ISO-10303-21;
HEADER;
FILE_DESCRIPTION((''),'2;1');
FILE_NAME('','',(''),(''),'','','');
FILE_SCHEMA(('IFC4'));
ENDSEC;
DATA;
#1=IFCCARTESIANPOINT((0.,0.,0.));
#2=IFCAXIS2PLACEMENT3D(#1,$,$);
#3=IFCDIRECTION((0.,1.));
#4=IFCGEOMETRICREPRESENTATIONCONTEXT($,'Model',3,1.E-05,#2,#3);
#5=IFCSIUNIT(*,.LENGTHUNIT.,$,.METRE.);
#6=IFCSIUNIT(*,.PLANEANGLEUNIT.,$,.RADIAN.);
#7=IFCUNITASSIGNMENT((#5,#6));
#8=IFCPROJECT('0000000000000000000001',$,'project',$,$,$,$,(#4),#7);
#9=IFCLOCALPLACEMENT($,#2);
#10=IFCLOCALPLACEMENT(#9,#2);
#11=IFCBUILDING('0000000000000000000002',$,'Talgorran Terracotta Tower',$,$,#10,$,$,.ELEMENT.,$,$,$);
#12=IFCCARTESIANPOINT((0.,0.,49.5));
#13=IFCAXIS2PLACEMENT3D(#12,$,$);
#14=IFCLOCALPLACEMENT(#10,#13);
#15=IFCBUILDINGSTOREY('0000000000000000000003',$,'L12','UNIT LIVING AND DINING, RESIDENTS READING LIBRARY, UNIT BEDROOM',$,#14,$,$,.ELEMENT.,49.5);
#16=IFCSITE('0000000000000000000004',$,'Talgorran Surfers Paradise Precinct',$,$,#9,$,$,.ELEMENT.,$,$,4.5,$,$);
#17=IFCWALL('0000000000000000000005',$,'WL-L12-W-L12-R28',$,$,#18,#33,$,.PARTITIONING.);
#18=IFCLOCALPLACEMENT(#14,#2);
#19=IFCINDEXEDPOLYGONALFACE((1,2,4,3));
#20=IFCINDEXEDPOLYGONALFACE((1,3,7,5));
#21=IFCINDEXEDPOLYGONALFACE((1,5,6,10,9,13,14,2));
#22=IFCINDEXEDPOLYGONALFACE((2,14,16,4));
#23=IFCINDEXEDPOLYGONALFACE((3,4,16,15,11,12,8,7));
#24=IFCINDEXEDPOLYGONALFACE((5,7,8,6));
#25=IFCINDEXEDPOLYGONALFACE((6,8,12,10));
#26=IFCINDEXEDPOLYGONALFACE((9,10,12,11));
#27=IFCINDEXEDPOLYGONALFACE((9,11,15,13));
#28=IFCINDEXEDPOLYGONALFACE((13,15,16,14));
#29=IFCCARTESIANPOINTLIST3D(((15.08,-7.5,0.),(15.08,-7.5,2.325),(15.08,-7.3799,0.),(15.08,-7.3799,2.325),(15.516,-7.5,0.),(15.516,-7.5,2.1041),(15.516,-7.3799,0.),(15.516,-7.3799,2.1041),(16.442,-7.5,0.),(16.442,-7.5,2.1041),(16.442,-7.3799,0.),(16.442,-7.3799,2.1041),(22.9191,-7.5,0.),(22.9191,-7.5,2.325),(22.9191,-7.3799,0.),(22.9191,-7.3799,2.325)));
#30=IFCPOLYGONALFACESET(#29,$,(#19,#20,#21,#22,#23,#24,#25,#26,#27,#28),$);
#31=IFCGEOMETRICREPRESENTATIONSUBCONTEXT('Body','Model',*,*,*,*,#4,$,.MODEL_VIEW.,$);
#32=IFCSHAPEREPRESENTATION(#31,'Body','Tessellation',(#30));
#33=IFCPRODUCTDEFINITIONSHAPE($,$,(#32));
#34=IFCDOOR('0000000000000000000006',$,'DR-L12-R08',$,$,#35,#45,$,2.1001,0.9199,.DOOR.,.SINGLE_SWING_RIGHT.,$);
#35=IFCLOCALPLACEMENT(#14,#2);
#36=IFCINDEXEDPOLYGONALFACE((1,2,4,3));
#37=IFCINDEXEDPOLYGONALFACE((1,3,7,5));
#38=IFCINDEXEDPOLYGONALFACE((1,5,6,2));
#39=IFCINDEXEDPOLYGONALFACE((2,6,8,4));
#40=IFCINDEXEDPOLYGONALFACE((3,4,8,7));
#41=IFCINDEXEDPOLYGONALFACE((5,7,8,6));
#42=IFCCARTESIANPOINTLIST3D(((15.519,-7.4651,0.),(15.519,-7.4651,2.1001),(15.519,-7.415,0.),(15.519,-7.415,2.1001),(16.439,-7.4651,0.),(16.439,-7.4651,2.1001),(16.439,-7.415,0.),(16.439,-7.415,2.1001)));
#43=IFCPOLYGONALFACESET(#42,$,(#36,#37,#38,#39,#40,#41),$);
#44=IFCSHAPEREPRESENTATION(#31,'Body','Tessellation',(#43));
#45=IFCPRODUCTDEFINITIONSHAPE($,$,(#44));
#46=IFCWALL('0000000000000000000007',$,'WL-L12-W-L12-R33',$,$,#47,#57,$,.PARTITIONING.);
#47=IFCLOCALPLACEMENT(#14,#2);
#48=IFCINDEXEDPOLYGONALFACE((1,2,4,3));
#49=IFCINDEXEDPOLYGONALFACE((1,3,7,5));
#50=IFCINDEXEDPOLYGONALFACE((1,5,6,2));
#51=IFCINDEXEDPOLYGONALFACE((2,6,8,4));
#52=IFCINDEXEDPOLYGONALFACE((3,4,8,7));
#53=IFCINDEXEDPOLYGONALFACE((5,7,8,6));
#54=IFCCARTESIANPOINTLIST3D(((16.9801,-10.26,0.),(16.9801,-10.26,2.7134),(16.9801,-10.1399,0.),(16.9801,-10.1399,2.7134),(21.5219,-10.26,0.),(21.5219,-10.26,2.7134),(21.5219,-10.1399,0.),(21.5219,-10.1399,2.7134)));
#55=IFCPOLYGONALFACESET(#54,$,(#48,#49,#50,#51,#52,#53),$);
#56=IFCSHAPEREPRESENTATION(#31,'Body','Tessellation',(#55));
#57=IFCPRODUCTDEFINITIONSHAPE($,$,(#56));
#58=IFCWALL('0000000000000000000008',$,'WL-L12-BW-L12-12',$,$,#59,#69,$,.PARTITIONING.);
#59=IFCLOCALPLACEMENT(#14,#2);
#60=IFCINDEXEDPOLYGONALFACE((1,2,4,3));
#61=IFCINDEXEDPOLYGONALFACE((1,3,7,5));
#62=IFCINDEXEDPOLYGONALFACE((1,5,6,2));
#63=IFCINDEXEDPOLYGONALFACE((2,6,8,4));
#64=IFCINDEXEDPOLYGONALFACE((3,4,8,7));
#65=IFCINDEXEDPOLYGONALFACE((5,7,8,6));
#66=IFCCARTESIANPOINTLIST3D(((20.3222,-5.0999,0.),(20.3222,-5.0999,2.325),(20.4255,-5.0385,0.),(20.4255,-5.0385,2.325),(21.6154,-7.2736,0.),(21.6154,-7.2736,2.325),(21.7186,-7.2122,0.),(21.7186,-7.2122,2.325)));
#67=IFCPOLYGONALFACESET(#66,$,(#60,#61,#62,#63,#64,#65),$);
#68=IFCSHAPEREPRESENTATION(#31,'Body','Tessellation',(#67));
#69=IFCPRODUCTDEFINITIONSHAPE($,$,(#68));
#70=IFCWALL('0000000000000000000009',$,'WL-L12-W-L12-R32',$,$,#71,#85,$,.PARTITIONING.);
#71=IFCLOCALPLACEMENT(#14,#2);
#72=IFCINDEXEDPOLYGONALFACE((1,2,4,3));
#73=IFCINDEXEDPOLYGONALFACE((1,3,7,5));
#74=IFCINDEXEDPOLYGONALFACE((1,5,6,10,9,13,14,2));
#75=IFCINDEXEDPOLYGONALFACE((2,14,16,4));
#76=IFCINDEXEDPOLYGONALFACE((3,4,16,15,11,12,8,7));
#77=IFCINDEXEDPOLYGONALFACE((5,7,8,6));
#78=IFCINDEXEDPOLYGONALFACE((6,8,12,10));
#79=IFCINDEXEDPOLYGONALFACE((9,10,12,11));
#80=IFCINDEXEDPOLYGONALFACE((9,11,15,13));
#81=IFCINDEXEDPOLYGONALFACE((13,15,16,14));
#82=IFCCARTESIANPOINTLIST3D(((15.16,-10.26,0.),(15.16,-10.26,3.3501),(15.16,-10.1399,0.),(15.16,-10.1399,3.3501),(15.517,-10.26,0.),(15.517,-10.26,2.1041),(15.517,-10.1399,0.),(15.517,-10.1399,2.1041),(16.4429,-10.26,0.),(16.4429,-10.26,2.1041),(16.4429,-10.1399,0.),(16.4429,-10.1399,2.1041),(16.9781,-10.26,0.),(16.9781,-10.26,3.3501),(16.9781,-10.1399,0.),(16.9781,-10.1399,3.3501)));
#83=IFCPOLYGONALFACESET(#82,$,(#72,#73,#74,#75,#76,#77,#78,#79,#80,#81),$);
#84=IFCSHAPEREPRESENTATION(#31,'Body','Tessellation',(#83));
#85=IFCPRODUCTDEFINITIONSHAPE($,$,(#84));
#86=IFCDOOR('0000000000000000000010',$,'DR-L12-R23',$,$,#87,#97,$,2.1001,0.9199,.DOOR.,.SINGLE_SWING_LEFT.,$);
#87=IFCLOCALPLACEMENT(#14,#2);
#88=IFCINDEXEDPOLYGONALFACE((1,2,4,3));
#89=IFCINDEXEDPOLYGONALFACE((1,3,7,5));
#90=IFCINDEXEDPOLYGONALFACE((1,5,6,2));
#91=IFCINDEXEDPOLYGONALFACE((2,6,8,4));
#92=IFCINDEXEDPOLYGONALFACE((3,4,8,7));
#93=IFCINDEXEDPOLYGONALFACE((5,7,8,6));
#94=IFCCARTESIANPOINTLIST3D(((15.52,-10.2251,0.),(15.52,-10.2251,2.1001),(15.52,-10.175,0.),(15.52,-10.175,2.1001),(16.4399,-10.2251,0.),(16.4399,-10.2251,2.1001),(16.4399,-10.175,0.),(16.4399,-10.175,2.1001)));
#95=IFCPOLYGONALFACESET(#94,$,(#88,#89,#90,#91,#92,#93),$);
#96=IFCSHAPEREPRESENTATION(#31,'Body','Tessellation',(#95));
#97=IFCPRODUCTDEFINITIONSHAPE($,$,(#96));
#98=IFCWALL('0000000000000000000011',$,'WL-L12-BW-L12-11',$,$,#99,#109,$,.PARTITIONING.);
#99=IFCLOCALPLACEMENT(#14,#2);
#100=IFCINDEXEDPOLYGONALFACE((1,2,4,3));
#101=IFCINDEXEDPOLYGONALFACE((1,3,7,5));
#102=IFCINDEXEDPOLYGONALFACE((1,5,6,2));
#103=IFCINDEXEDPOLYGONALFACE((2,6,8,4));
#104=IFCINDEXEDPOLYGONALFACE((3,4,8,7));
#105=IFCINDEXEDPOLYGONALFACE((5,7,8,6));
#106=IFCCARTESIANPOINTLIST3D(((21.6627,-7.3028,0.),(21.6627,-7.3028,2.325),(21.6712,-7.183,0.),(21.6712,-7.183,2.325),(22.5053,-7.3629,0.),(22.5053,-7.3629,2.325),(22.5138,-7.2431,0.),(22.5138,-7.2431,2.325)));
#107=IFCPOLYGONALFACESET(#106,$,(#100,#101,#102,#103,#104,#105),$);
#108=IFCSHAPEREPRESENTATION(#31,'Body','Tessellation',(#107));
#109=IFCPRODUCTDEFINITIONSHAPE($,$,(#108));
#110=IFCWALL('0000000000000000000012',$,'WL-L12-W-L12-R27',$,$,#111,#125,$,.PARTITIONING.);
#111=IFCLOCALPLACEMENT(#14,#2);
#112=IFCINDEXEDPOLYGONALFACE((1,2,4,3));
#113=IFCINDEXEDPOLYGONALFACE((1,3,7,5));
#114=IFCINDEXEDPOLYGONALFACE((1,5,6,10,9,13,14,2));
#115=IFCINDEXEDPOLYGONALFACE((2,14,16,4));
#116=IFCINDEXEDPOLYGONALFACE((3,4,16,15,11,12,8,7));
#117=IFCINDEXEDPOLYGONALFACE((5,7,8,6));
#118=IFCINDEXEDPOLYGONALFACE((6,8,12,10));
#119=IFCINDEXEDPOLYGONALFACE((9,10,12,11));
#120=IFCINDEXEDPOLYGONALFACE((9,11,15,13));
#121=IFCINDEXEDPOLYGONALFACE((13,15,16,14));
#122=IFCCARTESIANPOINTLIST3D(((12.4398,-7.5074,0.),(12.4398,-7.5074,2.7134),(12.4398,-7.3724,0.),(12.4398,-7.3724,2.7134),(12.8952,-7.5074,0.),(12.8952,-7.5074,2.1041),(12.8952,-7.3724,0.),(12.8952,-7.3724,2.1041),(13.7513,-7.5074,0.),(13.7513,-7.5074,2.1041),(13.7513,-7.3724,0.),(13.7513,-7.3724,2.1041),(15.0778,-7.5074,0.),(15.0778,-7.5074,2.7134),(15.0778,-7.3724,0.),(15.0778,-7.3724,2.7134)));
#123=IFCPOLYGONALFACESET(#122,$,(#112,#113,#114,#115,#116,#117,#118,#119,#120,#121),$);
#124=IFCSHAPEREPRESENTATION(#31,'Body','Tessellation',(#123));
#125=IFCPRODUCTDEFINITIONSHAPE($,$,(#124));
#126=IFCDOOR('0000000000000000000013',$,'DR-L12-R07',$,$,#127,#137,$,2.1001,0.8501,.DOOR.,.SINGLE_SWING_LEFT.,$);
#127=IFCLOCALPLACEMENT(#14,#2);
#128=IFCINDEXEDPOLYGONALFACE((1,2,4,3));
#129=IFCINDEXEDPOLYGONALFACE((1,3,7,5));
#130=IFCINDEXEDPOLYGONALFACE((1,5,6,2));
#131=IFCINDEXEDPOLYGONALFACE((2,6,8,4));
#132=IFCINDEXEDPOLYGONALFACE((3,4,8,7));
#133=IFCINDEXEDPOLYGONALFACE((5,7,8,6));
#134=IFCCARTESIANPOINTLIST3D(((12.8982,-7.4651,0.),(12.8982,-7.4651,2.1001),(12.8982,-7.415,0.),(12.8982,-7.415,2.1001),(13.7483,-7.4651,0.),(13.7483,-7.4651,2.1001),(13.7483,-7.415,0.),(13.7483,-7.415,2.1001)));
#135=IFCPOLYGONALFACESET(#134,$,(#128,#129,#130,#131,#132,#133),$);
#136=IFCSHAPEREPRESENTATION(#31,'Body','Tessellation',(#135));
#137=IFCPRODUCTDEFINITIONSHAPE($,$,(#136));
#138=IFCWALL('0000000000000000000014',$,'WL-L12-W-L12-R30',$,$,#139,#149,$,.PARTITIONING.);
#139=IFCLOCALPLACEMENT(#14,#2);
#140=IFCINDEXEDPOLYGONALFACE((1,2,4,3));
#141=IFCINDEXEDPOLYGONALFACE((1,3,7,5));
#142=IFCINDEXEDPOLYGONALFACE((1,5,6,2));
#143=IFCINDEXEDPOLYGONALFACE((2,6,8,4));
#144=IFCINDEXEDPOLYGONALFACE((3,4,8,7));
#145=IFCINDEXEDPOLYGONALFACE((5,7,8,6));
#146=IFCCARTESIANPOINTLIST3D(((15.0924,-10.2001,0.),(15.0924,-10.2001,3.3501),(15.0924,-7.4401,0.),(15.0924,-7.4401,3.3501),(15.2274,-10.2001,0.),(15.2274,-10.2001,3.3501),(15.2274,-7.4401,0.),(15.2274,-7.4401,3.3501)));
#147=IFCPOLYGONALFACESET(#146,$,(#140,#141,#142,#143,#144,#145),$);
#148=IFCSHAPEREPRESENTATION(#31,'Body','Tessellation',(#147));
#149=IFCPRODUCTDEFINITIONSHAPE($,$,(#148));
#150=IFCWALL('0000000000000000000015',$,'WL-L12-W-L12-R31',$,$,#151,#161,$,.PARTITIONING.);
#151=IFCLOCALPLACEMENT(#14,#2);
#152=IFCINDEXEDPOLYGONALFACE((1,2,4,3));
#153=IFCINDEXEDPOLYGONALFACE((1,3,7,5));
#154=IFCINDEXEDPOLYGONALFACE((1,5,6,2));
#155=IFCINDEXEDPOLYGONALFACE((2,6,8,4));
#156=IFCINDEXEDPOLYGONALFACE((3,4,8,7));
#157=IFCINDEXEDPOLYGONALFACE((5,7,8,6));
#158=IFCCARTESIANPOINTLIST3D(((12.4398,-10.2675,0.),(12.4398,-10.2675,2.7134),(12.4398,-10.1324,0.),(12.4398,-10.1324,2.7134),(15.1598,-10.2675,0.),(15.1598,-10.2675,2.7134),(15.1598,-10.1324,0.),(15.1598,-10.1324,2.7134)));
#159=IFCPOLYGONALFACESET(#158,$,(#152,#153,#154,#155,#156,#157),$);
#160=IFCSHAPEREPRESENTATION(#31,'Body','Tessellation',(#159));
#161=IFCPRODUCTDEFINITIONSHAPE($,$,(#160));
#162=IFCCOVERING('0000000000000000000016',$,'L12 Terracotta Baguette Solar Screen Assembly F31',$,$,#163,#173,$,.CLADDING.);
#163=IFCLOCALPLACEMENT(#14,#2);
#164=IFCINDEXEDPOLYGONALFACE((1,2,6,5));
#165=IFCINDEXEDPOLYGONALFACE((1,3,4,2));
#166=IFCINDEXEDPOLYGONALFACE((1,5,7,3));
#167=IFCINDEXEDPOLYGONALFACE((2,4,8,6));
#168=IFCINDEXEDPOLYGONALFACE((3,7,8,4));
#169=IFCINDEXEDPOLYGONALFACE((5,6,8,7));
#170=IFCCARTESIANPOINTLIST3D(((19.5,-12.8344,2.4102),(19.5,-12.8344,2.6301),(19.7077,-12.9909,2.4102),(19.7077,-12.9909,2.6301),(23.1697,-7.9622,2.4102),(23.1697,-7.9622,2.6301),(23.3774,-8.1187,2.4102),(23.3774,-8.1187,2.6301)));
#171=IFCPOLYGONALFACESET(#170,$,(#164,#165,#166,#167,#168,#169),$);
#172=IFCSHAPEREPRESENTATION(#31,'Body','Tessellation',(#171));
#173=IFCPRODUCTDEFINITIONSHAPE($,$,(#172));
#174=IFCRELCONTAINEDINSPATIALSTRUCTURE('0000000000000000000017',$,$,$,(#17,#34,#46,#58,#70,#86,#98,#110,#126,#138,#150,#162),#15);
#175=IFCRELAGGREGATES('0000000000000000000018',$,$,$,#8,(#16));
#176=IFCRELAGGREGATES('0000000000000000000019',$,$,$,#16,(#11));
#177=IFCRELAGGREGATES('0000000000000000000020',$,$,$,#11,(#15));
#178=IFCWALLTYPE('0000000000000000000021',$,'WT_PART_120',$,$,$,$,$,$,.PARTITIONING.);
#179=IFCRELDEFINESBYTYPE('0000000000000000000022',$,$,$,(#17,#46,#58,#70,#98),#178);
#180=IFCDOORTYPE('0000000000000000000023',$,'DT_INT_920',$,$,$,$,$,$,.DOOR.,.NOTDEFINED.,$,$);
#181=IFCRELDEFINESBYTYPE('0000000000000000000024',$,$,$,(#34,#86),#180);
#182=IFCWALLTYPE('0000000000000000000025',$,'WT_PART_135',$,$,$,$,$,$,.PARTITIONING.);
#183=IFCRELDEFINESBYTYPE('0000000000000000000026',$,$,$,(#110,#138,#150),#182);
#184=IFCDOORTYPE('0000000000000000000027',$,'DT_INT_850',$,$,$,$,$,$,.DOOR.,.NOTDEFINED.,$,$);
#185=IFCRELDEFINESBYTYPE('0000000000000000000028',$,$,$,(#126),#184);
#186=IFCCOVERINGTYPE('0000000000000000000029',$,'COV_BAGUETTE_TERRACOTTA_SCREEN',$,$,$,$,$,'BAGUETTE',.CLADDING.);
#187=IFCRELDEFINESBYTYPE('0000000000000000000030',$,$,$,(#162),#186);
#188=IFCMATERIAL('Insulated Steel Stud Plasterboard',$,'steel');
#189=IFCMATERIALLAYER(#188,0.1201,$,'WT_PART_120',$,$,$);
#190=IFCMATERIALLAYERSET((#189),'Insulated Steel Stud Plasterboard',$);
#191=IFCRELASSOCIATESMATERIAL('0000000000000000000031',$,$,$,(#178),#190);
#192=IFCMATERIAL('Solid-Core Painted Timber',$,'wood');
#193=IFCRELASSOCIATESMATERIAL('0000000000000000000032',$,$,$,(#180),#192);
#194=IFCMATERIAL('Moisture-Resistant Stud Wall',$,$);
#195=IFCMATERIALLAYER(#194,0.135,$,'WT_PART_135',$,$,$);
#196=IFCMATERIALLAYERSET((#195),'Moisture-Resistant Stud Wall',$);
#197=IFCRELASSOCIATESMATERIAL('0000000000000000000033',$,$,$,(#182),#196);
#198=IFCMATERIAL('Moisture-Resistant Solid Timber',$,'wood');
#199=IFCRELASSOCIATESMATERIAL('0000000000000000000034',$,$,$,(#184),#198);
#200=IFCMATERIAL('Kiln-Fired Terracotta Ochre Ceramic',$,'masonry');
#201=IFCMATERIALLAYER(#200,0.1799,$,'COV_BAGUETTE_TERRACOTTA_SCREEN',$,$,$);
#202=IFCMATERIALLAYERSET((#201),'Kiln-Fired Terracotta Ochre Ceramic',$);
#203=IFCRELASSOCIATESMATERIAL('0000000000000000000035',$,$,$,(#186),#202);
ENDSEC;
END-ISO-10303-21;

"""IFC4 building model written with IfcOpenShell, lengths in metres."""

from ifc_helpers import new_model, si_unit, direction, frame, frame_2d, origin, origin_2d, place, context, subcontext, project, spatial, rectangle, extrude, material, layer, layer_set, type_object, element, fill, save


model = new_model("IFC4")

# Units and contexts
model_context = context("Model", 3, precision=1e-05, world=origin(), true_north=direction((0.0, 1.0)))
body_context = subcontext(model_context, "Body", "Model", "MODEL_VIEW")
ifc_project = project(units=[si_unit("LENGTHUNIT", "METRE"), si_unit("PLANEANGLEUNIT", "RADIAN")], contexts=[model_context])

# Site, building, storey
site_placement = place(None, origin())
site = spatial("IfcSite", under=ifc_project, at=site_placement, Name="Talgorran Surfers Paradise Precinct", CompositionType="ELEMENT", RefElevation=4.5)
building_placement = place(site_placement, origin())
building = spatial("IfcBuilding", under=site, at=building_placement, Name="Talgorran Terracotta Tower", CompositionType="ELEMENT")
storey_placement = place(building_placement, frame((0.0, 0.0, 49.5)))
storey = spatial("IfcBuildingStorey", under=building, at=storey_placement, Name="L12", Description="UNIT LIVING AND DINING, RESIDENTS READING LIBRARY, UNIT BEDROOM", CompositionType="ELEMENT", Elevation=49.5)

# Wall, opening, door
ifc_material_1 = material(Name="Insulated Steel Stud Plasterboard", Category="steel")
ifc_layer_1 = layer(ifc_material_1, 0.1201, Name="WT_PART_120")
ifc_layer_set_1 = layer_set([ifc_layer_1], Name="Insulated Steel Stud Plasterboard")
wall_type_1 = type_object("IfcWallType", Name="WT_PART_120", PredefinedType="PARTITIONING", material=ifc_layer_set_1)
wall_1_placement = place(storey_placement, frame((15.0801, -7.4399, 0.0), z_axis=(0.0, 0.0, 1.0), x_axis=(1.0, 0.0, 0.0)))
wall_1 = element("IfcWall", 1, at=wall_1_placement, inside=storey, type_object=wall_type_1, Name="WL-L12-W-L12-R28", PredefinedType="PARTITIONING", context=body_context, shape_type="SweptSolid", body=[
    extrude(rectangle(XDim=7.8391, YDim=0.1201, at=frame_2d((3.9194, 0.0))), origin(), (0.0, 0.0, 1.0), 2.325),
])
opening_1_placement = place(wall_1_placement, frame((0.439, 0.0, 0.0)))
opening_1 = element("IfcOpeningElement", 2, at=opening_1_placement, cuts=wall_1, PredefinedType="OPENING", context=body_context, shape_type="SweptSolid", body=[
    extrude(rectangle(XDim=0.9259, YDim=2.1041, at=frame_2d((0.46, 1.052))), frame((0.0, 0.0701, 0.0), z_axis=(0.0, -1.0, 0.0), x_axis=(1.0, 0.0, 0.0)), (0.0, 0.0, 1.0), 0.1401),
])
ifc_material_2 = material(Name="Solid-Core Painted Timber", Category="wood")
door_type_1 = type_object("IfcDoorType", Name="DT_INT_920", OperationType="NOTDEFINED", PredefinedType="DOOR", material=ifc_material_2)
door_1_placement = place(opening_1_placement, origin())
door_1 = element("IfcDoor", 3, at=door_1_placement, inside=storey, type_object=door_type_1, Name="DR-L12-R08", OperationType="SINGLE_SWING_RIGHT", OverallHeight=2.1001, OverallWidth=0.9199, PredefinedType="DOOR", context=body_context, shape_type="SweptSolid", body=[
    extrude(rectangle(XDim=0.9199, YDim=2.1001, at=frame_2d((0.46, 1.05))), frame((0.0, 0.0249, 0.0), z_axis=(0.0, -1.0, 0.0), x_axis=(1.0, 0.0, 0.0)), (0.0, 0.0, 1.0), 0.05),
])
fill(opening_1, door_1)

# Walls
wall_2_placement = place(storey_placement, frame((16.98, -10.2, 0.0), z_axis=(0.0, 0.0, 1.0), x_axis=(1.0, 0.0, 0.0)))
element("IfcWall", 4, at=wall_2_placement, inside=storey, type_object=wall_type_1, Name="WL-L12-W-L12-R33", PredefinedType="PARTITIONING", context=body_context, shape_type="SweptSolid", body=[
    extrude(rectangle(XDim=4.5417, YDim=0.1201, at=frame_2d((2.271, 0.0))), origin(), (0.0, 0.0, 1.0), 2.7134),
])
wall_3_placement = place(storey_placement, frame((21.667, -7.2429, 0.0), z_axis=(0.0, 0.0, 1.0), x_axis=(-0.51127, 0.85942, 0.0)))
element("IfcWall", 5, at=wall_3_placement, inside=storey, type_object=wall_type_1, Name="WL-L12-BW-L12-12", PredefinedType="PARTITIONING", context=body_context, shape_type="SweptSolid", body=[
    extrude(rectangle(XDim=2.5293, YDim=0.1201, at=frame_2d((1.2646, 0.0))), origin(), (0.0, 0.0, 1.0), 2.325),
])

# Wall, opening, door
wall_4_placement = place(storey_placement, frame((15.1599, -10.2, 0.0), z_axis=(0.0, 0.0, 1.0), x_axis=(1.0, 0.0, 0.0)))
wall_4 = element("IfcWall", 6, at=wall_4_placement, inside=storey, type_object=wall_type_1, Name="WL-L12-W-L12-R32", PredefinedType="PARTITIONING", context=body_context, shape_type="SweptSolid", body=[
    extrude(rectangle(XDim=1.8181, YDim=0.1201, at=frame_2d((0.9092, 0.0))), origin(), (0.0, 0.0, 1.0), 3.3501),
])
opening_2_placement = place(wall_4_placement, frame((0.3601, 0.0, 0.0)))
opening_2 = element("IfcOpeningElement", 7, at=opening_2_placement, cuts=wall_4, PredefinedType="OPENING", context=body_context, shape_type="SweptSolid", body=[
    extrude(rectangle(XDim=0.9259, YDim=2.1041, at=frame_2d((0.46, 1.052))), frame((0.0, 0.0701, 0.0), z_axis=(0.0, -1.0, 0.0), x_axis=(1.0, 0.0, 0.0)), (0.0, 0.0, 1.0), 0.1401),
])
door_2_placement = place(opening_2_placement, origin())
door_2 = element("IfcDoor", 8, at=door_2_placement, inside=storey, type_object=door_type_1, Name="DR-L12-R23", OperationType="SINGLE_SWING_LEFT", OverallHeight=2.1001, OverallWidth=0.9199, PredefinedType="DOOR", context=body_context, shape_type="SweptSolid", body=[
    extrude(rectangle(XDim=0.9199, YDim=2.1001, at=frame_2d((0.46, 1.05))), frame((0.0, 0.0249, 0.0), z_axis=(0.0, -1.0, 0.0), x_axis=(1.0, 0.0, 0.0)), (0.0, 0.0, 1.0), 0.05),
])
fill(opening_2, door_2)

# Wall
wall_5_placement = place(storey_placement, frame((22.5095, -7.303, 0.0), z_axis=(0.0, 0.0, 1.0), x_axis=(-0.997469, 0.071103, 0.0)))
element("IfcWall", 9, at=wall_5_placement, inside=storey, type_object=wall_type_1, Name="WL-L12-BW-L12-11", PredefinedType="PARTITIONING", context=body_context, shape_type="SweptSolid", body=[
    extrude(rectangle(XDim=0.8447, YDim=0.1201, at=frame_2d((0.4224, 0.0))), origin(), (0.0, 0.0, 1.0), 2.325),
])

# Wall, opening, door
ifc_material_3 = material(Name="Moisture-Resistant Stud Wall")
ifc_layer_2 = layer(ifc_material_3, 0.135, Name="WT_PART_135")
ifc_layer_set_2 = layer_set([ifc_layer_2], Name="Moisture-Resistant Stud Wall")
wall_type_2 = type_object("IfcWallType", Name="WT_PART_135", PredefinedType="PARTITIONING", material=ifc_layer_set_2)
wall_6_placement = place(storey_placement, frame((12.4399, -7.4399, 0.0), z_axis=(0.0, 0.0, 1.0), x_axis=(1.0, 0.0, 0.0)))
wall_6 = element("IfcWall", 10, at=wall_6_placement, inside=storey, type_object=wall_type_2, Name="WL-L12-W-L12-R27", PredefinedType="PARTITIONING", context=body_context, shape_type="SweptSolid", body=[
    extrude(rectangle(XDim=2.6379, YDim=0.135, at=frame_2d((1.3188, 0.0))), origin(), (0.0, 0.0, 1.0), 2.7134),
])
opening_3_placement = place(wall_6_placement, frame((0.4583, 0.0, 0.0)))
opening_3 = element("IfcOpeningElement", 11, at=opening_3_placement, cuts=wall_6, PredefinedType="OPENING", context=body_context, shape_type="SweptSolid", body=[
    extrude(rectangle(XDim=0.8561, YDim=2.1041, at=frame_2d((0.425, 1.052))), frame((0.0, 0.0776, 0.0), z_axis=(0.0, -1.0, 0.0), x_axis=(1.0, 0.0, 0.0)), (0.0, 0.0, 1.0), 0.155),
])
ifc_material_4 = material(Name="Moisture-Resistant Solid Timber", Category="wood")
door_type_2 = type_object("IfcDoorType", Name="DT_INT_850", OperationType="NOTDEFINED", PredefinedType="DOOR", material=ifc_material_4)
door_3_placement = place(opening_3_placement, origin())
door_3 = element("IfcDoor", 12, at=door_3_placement, inside=storey, type_object=door_type_2, Name="DR-L12-R07", OperationType="SINGLE_SWING_LEFT", OverallHeight=2.1001, OverallWidth=0.8501, PredefinedType="DOOR", context=body_context, shape_type="SweptSolid", body=[
    extrude(rectangle(XDim=0.8501, YDim=2.1001, at=frame_2d((0.425, 1.05))), frame((0.0, 0.0249, 0.0), z_axis=(0.0, -1.0, 0.0), x_axis=(1.0, 0.0, 0.0)), (0.0, 0.0, 1.0), 0.05),
])
fill(opening_3, door_3)

# Walls
wall_7_placement = place(storey_placement, frame((15.1599, -10.2, 0.0), z_axis=(0.0, 0.0, 1.0), x_axis=(0.0, 1.0, 0.0)))
element("IfcWall", 13, at=wall_7_placement, inside=storey, type_object=wall_type_2, Name="WL-L12-W-L12-R30", PredefinedType="PARTITIONING", context=body_context, shape_type="SweptSolid", body=[
    extrude(rectangle(XDim=2.76, YDim=0.135, at=frame_2d((1.3799, 0.0))), origin(), (0.0, 0.0, 1.0), 3.3501),
])
wall_8_placement = place(storey_placement, frame((12.4399, -10.2, 0.0), z_axis=(0.0, 0.0, 1.0), x_axis=(1.0, 0.0, 0.0)))
element("IfcWall", 14, at=wall_8_placement, inside=storey, type_object=wall_type_2, Name="WL-L12-W-L12-R31", PredefinedType="PARTITIONING", context=body_context, shape_type="SweptSolid", body=[
    extrude(rectangle(XDim=2.72, YDim=0.135, at=frame_2d((1.3599, 0.0))), origin(), (0.0, 0.0, 1.0), 2.7134),
])

# Covering
ifc_material_5 = material(Name="Kiln-Fired Terracotta Ochre Ceramic", Category="masonry")
ifc_layer_3 = layer(ifc_material_5, 0.1799, Name="COV_BAGUETTE_TERRACOTTA_SCREEN")
ifc_layer_set_3 = layer_set([ifc_layer_3], Name="Kiln-Fired Terracotta Ochre Ceramic")
covering_type_1 = type_object("IfcCoveringType", Name="COV_BAGUETTE_TERRACOTTA_SCREEN", ElementType="BAGUETTE", PredefinedType="CLADDING", material=ifc_layer_set_3)
covering_1_placement = place(storey_placement, frame((21.4387, -10.4766, 2.4102), z_axis=(0.0, 0.0, 1.0), x_axis=(0.601634, 0.798772, 0.0)))
element("IfcCovering", 15, at=covering_1_placement, inside=storey, type_object=covering_type_1, Name="L12 Terracotta Baguette Solar Screen Assembly F31", PredefinedType="CLADDING", context=body_context, shape_type="SweptSolid", body=[
    extrude(rectangle(XDim=6.0996, YDim=0.26, at=origin_2d()), origin(), (0.0, 0.0, 1.0), 0.22),
])

save(model, "model.ifc")
